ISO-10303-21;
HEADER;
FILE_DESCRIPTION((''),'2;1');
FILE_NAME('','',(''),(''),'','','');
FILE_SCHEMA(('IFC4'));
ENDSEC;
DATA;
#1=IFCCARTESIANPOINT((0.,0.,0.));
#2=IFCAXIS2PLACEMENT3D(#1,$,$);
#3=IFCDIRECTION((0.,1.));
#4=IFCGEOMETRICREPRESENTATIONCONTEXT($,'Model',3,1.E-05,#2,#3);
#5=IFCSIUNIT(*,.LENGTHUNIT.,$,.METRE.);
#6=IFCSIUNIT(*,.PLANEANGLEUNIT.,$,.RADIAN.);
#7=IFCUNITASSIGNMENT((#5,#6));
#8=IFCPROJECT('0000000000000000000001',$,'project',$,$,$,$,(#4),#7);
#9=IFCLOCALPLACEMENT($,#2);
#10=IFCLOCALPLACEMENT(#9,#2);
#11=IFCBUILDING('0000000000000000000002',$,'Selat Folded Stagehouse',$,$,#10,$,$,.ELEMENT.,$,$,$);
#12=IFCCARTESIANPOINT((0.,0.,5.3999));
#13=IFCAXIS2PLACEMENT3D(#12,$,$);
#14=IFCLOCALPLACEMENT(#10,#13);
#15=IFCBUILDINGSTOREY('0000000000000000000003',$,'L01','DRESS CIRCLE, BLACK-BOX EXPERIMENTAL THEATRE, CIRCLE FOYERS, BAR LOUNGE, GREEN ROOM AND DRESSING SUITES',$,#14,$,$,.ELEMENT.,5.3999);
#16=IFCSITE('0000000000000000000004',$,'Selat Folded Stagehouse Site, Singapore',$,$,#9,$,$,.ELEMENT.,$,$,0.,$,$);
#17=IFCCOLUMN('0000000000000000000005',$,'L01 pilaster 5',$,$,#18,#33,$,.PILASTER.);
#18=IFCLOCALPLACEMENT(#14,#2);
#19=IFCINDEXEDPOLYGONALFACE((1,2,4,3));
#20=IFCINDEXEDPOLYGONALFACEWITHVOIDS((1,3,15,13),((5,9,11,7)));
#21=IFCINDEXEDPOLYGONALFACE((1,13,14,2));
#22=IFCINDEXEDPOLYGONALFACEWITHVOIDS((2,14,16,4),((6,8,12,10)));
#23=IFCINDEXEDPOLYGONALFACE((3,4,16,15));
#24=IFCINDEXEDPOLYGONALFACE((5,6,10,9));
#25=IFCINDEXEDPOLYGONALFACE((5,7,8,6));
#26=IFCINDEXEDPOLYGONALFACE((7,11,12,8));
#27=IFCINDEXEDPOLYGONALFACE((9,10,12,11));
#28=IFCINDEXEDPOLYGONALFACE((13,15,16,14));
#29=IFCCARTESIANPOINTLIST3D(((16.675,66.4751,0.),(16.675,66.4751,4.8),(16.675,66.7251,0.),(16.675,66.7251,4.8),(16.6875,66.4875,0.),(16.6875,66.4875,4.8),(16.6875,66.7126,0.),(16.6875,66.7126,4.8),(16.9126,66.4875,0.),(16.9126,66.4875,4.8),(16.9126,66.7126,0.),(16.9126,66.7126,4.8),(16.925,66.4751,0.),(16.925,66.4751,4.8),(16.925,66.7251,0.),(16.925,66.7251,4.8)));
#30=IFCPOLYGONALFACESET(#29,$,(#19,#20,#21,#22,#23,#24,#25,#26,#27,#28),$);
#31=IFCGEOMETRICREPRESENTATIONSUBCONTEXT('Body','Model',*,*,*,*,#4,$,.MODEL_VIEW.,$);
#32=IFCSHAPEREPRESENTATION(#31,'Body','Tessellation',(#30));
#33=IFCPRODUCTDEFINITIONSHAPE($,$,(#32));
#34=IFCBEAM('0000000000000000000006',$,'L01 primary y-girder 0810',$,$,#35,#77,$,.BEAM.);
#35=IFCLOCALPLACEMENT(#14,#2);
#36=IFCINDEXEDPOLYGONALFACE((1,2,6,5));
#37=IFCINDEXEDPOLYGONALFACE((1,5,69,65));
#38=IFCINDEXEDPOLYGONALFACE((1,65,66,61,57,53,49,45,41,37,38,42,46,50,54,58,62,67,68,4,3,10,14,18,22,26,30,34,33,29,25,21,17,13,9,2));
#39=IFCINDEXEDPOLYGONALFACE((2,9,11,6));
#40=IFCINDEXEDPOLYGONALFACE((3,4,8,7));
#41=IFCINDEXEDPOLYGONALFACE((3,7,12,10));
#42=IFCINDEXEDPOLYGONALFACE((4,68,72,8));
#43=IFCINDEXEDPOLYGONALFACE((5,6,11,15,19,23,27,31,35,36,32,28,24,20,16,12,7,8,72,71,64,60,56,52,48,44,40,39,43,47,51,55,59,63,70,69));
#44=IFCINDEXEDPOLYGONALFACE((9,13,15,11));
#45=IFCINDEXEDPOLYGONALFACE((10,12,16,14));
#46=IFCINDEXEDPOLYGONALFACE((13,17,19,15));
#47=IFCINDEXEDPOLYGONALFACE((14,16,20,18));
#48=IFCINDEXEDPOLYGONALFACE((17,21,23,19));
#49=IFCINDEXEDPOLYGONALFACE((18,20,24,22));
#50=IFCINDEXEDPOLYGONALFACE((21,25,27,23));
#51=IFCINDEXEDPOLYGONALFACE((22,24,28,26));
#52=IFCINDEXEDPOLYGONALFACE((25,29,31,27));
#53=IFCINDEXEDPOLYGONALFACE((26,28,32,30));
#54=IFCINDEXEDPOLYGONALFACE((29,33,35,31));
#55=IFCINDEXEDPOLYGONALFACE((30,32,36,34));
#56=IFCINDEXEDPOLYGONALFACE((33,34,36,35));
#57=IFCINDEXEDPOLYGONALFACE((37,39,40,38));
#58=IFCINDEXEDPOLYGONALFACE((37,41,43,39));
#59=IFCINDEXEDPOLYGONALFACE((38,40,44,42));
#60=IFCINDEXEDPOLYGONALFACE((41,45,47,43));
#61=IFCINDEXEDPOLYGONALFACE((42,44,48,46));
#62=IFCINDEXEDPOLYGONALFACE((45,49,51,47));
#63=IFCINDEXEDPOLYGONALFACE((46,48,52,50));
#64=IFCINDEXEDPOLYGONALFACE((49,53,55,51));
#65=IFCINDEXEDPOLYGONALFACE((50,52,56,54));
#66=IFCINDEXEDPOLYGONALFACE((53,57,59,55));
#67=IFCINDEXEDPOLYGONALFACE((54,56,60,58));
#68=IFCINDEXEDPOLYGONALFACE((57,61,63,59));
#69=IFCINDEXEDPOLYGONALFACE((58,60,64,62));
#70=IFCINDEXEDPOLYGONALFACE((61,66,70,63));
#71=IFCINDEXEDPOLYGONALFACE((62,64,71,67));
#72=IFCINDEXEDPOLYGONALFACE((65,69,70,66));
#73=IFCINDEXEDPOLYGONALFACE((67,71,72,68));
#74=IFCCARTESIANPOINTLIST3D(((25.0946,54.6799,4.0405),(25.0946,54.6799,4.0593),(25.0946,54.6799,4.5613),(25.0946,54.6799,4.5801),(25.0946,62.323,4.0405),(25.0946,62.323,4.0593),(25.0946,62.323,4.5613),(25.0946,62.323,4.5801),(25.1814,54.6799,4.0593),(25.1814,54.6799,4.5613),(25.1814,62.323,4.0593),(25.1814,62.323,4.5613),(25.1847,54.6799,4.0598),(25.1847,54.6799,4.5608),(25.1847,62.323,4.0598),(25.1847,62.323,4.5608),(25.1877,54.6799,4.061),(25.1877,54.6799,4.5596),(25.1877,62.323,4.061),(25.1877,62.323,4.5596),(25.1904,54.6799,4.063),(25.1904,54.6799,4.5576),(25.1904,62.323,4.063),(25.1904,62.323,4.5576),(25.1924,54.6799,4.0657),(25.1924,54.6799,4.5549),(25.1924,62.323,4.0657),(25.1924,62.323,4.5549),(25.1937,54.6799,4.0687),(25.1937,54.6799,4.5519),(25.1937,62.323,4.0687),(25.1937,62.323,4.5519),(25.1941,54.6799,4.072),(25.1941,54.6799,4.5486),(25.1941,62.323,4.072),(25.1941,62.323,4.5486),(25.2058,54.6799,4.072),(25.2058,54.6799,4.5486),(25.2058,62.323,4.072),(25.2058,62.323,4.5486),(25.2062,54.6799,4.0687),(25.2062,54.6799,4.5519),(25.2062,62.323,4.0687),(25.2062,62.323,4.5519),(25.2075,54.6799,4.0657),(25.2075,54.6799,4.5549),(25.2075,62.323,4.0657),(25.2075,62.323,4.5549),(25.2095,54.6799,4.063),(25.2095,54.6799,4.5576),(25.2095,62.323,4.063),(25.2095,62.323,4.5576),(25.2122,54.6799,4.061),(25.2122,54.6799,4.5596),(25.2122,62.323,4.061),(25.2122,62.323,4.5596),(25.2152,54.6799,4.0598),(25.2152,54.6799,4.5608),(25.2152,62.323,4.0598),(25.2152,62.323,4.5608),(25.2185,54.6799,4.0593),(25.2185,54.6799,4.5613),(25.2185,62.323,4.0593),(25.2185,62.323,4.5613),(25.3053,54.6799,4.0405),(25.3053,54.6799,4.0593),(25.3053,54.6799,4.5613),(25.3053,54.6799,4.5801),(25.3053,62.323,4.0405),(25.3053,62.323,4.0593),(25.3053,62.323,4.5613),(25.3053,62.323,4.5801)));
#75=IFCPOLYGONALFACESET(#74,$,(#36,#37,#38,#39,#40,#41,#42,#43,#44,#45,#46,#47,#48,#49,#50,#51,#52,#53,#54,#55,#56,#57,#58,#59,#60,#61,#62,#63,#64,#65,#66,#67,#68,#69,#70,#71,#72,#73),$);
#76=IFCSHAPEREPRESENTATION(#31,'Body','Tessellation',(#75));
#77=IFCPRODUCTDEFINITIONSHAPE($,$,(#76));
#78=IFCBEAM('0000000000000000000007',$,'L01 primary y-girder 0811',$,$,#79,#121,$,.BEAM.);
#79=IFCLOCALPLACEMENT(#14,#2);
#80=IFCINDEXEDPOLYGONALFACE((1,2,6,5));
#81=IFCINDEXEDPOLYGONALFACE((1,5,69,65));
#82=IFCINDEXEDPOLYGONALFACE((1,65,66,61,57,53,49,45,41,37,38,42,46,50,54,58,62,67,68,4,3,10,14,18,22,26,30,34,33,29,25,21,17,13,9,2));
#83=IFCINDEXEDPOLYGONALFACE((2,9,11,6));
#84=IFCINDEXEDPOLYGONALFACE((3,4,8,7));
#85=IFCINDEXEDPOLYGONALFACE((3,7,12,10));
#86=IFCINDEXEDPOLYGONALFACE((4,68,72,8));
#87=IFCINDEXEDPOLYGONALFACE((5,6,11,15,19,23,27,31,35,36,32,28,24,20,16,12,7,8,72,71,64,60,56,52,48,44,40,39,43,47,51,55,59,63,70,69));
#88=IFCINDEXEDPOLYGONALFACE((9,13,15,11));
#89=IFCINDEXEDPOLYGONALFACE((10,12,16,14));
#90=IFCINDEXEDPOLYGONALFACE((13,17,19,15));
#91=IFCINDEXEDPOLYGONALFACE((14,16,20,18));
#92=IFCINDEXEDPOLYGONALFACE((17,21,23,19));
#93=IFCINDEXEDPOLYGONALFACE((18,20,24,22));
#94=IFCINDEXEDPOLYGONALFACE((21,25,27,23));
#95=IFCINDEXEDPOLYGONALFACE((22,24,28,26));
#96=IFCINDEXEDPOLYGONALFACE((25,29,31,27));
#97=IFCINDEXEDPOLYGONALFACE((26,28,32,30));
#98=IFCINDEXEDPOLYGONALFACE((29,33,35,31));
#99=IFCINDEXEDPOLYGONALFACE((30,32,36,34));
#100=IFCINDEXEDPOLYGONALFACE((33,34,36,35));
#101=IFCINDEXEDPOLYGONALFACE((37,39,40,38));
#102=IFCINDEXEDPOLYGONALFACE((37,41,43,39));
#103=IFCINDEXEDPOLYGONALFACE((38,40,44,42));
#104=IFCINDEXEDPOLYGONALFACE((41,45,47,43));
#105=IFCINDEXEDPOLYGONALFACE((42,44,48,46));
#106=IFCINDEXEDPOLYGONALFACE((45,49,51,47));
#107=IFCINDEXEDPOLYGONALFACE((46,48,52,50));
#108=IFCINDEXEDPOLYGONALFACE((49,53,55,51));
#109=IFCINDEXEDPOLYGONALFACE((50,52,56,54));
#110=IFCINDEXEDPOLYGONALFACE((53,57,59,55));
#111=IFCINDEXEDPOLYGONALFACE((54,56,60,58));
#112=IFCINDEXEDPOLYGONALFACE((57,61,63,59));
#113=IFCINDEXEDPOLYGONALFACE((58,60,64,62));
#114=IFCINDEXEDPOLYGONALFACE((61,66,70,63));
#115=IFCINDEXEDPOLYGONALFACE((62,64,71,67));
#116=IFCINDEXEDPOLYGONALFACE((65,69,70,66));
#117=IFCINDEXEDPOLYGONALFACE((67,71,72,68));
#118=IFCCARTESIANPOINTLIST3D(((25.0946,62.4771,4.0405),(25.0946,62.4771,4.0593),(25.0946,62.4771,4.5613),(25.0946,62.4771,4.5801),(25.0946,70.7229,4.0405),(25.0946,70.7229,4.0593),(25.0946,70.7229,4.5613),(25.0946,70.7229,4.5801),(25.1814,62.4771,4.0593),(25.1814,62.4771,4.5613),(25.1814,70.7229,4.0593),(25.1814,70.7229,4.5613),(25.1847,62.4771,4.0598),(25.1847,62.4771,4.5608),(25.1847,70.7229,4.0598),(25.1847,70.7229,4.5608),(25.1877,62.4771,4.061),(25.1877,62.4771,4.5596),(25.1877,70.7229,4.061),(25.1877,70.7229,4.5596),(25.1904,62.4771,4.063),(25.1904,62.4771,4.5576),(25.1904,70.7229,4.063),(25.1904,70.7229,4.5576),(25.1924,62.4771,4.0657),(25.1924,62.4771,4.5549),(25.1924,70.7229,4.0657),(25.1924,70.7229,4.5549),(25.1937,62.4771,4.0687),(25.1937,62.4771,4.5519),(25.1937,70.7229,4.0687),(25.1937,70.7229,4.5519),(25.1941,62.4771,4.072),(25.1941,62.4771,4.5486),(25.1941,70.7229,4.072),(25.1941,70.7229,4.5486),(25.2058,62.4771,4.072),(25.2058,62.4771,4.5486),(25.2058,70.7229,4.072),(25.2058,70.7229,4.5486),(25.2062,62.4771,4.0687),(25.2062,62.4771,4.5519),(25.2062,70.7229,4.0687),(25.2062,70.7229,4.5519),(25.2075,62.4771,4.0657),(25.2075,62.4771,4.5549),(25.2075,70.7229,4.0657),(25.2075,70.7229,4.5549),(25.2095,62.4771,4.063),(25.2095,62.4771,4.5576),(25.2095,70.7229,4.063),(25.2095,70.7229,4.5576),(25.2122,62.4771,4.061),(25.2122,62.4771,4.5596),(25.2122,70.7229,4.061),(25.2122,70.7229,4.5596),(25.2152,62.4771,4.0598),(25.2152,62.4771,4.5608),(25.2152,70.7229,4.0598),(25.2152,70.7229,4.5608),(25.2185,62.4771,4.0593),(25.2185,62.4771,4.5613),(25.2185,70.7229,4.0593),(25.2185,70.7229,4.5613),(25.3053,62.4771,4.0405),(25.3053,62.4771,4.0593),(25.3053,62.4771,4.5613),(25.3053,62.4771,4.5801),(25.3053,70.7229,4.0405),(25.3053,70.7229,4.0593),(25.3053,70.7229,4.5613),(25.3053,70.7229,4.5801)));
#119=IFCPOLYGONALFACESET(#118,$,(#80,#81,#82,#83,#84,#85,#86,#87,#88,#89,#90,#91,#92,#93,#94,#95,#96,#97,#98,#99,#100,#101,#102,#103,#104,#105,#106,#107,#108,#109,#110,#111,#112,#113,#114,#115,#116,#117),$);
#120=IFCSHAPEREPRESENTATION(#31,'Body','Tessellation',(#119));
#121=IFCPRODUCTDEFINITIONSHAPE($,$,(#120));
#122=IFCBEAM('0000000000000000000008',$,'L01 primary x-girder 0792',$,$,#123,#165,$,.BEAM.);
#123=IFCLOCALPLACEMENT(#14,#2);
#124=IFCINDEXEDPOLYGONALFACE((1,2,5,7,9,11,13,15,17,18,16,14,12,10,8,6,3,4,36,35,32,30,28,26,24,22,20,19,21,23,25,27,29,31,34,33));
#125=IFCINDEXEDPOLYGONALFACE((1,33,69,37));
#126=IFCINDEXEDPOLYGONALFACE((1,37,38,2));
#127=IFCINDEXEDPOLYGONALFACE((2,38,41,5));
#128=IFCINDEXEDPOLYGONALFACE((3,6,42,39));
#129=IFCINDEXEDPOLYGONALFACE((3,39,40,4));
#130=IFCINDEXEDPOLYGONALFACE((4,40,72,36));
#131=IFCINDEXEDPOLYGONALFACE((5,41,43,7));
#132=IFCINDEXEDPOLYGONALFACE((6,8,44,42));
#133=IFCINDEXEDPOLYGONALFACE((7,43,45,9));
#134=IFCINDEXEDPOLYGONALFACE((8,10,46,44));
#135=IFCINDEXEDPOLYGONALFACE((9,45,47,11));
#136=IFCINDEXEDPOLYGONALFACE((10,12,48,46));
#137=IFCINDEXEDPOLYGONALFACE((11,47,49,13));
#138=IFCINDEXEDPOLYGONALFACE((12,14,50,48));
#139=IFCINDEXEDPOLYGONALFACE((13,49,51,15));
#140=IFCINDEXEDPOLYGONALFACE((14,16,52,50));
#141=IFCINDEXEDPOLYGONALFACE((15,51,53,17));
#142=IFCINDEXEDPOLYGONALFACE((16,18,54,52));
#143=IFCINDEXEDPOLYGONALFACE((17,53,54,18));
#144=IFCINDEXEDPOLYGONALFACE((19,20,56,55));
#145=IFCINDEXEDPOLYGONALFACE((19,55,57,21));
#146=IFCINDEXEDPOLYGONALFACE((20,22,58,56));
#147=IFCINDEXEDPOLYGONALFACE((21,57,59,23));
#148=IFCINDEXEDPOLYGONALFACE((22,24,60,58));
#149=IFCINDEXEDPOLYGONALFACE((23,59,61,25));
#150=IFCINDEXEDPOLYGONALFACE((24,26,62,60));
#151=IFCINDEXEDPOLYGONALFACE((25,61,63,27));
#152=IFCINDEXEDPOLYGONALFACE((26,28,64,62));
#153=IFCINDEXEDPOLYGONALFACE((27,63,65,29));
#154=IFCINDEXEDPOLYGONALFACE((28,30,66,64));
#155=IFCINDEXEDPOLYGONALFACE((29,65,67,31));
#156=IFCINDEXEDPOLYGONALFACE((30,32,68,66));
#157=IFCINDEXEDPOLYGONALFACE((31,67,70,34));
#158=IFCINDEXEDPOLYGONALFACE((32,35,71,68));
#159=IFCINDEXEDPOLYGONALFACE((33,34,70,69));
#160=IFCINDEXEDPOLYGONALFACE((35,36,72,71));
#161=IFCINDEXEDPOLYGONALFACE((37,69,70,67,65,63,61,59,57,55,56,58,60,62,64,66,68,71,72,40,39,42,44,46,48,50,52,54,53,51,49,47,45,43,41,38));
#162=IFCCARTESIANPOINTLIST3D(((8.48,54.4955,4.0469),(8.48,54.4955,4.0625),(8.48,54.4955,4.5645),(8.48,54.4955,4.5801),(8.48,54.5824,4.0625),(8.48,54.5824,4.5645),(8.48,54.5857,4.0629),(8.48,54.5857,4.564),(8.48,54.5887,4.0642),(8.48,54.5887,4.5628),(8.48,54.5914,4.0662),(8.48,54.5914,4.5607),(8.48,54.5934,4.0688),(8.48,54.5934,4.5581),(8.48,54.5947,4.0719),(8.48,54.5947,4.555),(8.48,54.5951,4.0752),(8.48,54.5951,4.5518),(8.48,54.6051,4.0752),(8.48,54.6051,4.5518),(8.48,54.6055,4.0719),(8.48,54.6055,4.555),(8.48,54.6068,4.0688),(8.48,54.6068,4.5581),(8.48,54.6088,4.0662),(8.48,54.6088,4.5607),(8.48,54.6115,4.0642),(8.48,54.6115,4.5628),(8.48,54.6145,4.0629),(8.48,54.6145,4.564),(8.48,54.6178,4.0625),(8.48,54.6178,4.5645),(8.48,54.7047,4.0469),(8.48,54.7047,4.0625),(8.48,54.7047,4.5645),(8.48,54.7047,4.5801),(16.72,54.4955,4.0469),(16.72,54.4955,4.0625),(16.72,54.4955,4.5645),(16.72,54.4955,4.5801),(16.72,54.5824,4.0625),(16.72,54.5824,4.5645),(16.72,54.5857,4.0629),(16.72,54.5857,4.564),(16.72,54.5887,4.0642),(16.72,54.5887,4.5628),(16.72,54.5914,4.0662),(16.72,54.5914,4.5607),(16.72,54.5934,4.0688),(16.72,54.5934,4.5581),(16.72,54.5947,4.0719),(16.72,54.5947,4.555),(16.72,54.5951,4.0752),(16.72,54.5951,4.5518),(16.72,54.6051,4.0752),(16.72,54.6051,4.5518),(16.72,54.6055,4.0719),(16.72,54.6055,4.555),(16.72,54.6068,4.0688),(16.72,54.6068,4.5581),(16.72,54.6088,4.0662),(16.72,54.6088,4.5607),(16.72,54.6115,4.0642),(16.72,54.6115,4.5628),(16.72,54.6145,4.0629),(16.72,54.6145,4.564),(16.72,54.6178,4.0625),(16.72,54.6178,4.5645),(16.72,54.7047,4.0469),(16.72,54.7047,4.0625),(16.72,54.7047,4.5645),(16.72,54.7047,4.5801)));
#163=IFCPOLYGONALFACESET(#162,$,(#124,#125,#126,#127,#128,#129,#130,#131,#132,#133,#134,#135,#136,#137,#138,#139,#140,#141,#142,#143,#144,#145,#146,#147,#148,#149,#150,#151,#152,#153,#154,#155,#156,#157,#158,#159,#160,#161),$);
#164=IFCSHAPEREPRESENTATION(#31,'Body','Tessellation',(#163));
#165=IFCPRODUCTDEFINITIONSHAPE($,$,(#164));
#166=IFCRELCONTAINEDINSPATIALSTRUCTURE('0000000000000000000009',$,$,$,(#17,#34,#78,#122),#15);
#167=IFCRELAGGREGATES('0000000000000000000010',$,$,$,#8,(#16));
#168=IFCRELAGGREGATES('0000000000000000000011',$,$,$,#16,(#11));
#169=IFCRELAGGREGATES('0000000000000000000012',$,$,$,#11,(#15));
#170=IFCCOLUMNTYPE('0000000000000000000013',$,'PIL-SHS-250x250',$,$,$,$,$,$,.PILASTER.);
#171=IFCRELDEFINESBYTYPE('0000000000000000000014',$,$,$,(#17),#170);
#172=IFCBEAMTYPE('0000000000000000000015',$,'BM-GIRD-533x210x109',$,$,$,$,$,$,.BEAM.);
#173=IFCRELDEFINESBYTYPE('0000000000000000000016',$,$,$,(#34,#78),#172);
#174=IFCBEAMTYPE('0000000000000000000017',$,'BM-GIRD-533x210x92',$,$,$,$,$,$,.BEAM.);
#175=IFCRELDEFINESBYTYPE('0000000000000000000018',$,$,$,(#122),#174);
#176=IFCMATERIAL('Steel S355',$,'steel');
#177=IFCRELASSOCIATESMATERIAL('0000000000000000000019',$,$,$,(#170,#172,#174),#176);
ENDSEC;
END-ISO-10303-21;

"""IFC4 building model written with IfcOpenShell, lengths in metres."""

from ifc_helpers import new_model, si_unit, direction, frame, origin, origin_2d, place, context, subcontext, project, spatial, hollow_rectangle, i_section, extrude, material, material_profile, profile_set, type_object, element, save


model = new_model("IFC4")

# Units and contexts
model_context = context("Model", 3, precision=1e-05, world=origin(), true_north=direction((0.0, 1.0)))
body_context = subcontext(model_context, "Body", "Model", "MODEL_VIEW")
ifc_project = project(units=[si_unit("LENGTHUNIT", "METRE"), si_unit("PLANEANGLEUNIT", "RADIAN")], contexts=[model_context])

# Site, building, storey
site_placement = place(None, origin())
site = spatial("IfcSite", under=ifc_project, at=site_placement, Name="Selat Folded Stagehouse Site, Singapore", CompositionType="ELEMENT", RefElevation=0.0)
building_placement = place(site_placement, origin())
building = spatial("IfcBuilding", under=site, at=building_placement, Name="Selat Folded Stagehouse", CompositionType="ELEMENT")
storey_placement = place(building_placement, frame((0.0, 0.0, 5.3999)))
storey = spatial("IfcBuildingStorey", under=building, at=storey_placement, Name="L01", Description="DRESS CIRCLE, BLACK-BOX EXPERIMENTAL THEATRE, CIRCLE FOYERS, BAR LOUNGE, GREEN ROOM AND DRESSING SUITES", CompositionType="ELEMENT", Elevation=5.3999)

# Column
ifc_material_1 = material(Name="Steel S355", Category="steel")
ifc_material_profile_1 = material_profile(ifc_material_1, hollow_rectangle(XDim=0.25, YDim=0.25, WallThickness=0.0125, at=origin_2d()), Name="SHS 250x250x12.5")
ifc_profile_set_1 = profile_set([ifc_material_profile_1], Name="Steel S355")
column_type_1 = type_object("IfcColumnType", Name="PIL-SHS-250x250", PredefinedType="PILASTER", material=ifc_profile_set_1)
column_1_placement = place(storey_placement, frame((16.8, 66.6001, 0.0), z_axis=(0.0, 0.0, 1.0), x_axis=(1.0, 0.0, 0.0)))
element("IfcColumn", 1, at=column_1_placement, inside=storey, type_object=column_type_1, Name="L01 pilaster 5", PredefinedType="PILASTER", context=body_context, shape_type="SweptSolid", body=[
    extrude(hollow_rectangle(XDim=0.25, YDim=0.25, WallThickness=0.0125, at=origin_2d()), origin(), (0.0, 0.0, 1.0), 4.8),
])

# Beams
ifc_material_profile_2 = material_profile(ifc_material_1, i_section(OverallWidth=0.2107, OverallDepth=0.5396, WebThickness=0.0117, FlangeThickness=0.0188, FilletRadius=0.0127, at=origin_2d()), Name="UKB 533x210x109")
ifc_profile_set_2 = profile_set([ifc_material_profile_2], Name="Steel S355")
beam_type_1 = type_object("IfcBeamType", Name="BM-GIRD-533x210x109", PredefinedType="BEAM", material=ifc_profile_set_2)
beam_1_placement = place(storey_placement, frame((25.2, 54.6799, 4.3103), z_axis=(0.0, 1.0, 0.0), x_axis=(-1.0, 0.0, 0.0)))
element("IfcBeam", 2, at=beam_1_placement, inside=storey, type_object=beam_type_1, Name="L01 primary y-girder 0810", PredefinedType="BEAM", context=body_context, shape_type="SweptSolid", body=[
    extrude(i_section(OverallWidth=0.2107, OverallDepth=0.5396, WebThickness=0.0117, FlangeThickness=0.0188, FilletRadius=0.0127, at=origin_2d()), origin(), (0.0, 0.0, 1.0), 7.6431),
])
beam_2_placement = place(storey_placement, frame((25.2, 62.4771, 4.3103), z_axis=(0.0, 1.0, 0.0), x_axis=(-1.0, 0.0, 0.0)))
element("IfcBeam", 3, at=beam_2_placement, inside=storey, type_object=beam_type_1, Name="L01 primary y-girder 0811", PredefinedType="BEAM", context=body_context, shape_type="SweptSolid", body=[
    extrude(i_section(OverallWidth=0.2107, OverallDepth=0.5396, WebThickness=0.0117, FlangeThickness=0.0188, FilletRadius=0.0127, at=origin_2d()), origin(), (0.0, 0.0, 1.0), 8.2458),
])
ifc_material_profile_3 = material_profile(ifc_material_1, i_section(OverallWidth=0.2092, OverallDepth=0.5332, WebThickness=0.01, FlangeThickness=0.0156, FilletRadius=0.0127, at=origin_2d()), Name="UKB 533x210x92")
ifc_profile_set_3 = profile_set([ifc_material_profile_3], Name="Steel S355")
beam_type_2 = type_object("IfcBeamType", Name="BM-GIRD-533x210x92", PredefinedType="BEAM", material=ifc_profile_set_3)
beam_3_placement = place(storey_placement, frame((8.48, 54.6001, 4.3135), z_axis=(1.0, 0.0, 0.0), x_axis=(0.0, 1.0, 0.0)))
element("IfcBeam", 4, at=beam_3_placement, inside=storey, type_object=beam_type_2, Name="L01 primary x-girder 0792", PredefinedType="BEAM", context=body_context, shape_type="SweptSolid", body=[
    extrude(i_section(OverallWidth=0.2092, OverallDepth=0.5332, WebThickness=0.01, FlangeThickness=0.0156, FilletRadius=0.0127, at=origin_2d()), origin(), (0.0, 0.0, 1.0), 8.24),
])

save(model, "model.ifc")
